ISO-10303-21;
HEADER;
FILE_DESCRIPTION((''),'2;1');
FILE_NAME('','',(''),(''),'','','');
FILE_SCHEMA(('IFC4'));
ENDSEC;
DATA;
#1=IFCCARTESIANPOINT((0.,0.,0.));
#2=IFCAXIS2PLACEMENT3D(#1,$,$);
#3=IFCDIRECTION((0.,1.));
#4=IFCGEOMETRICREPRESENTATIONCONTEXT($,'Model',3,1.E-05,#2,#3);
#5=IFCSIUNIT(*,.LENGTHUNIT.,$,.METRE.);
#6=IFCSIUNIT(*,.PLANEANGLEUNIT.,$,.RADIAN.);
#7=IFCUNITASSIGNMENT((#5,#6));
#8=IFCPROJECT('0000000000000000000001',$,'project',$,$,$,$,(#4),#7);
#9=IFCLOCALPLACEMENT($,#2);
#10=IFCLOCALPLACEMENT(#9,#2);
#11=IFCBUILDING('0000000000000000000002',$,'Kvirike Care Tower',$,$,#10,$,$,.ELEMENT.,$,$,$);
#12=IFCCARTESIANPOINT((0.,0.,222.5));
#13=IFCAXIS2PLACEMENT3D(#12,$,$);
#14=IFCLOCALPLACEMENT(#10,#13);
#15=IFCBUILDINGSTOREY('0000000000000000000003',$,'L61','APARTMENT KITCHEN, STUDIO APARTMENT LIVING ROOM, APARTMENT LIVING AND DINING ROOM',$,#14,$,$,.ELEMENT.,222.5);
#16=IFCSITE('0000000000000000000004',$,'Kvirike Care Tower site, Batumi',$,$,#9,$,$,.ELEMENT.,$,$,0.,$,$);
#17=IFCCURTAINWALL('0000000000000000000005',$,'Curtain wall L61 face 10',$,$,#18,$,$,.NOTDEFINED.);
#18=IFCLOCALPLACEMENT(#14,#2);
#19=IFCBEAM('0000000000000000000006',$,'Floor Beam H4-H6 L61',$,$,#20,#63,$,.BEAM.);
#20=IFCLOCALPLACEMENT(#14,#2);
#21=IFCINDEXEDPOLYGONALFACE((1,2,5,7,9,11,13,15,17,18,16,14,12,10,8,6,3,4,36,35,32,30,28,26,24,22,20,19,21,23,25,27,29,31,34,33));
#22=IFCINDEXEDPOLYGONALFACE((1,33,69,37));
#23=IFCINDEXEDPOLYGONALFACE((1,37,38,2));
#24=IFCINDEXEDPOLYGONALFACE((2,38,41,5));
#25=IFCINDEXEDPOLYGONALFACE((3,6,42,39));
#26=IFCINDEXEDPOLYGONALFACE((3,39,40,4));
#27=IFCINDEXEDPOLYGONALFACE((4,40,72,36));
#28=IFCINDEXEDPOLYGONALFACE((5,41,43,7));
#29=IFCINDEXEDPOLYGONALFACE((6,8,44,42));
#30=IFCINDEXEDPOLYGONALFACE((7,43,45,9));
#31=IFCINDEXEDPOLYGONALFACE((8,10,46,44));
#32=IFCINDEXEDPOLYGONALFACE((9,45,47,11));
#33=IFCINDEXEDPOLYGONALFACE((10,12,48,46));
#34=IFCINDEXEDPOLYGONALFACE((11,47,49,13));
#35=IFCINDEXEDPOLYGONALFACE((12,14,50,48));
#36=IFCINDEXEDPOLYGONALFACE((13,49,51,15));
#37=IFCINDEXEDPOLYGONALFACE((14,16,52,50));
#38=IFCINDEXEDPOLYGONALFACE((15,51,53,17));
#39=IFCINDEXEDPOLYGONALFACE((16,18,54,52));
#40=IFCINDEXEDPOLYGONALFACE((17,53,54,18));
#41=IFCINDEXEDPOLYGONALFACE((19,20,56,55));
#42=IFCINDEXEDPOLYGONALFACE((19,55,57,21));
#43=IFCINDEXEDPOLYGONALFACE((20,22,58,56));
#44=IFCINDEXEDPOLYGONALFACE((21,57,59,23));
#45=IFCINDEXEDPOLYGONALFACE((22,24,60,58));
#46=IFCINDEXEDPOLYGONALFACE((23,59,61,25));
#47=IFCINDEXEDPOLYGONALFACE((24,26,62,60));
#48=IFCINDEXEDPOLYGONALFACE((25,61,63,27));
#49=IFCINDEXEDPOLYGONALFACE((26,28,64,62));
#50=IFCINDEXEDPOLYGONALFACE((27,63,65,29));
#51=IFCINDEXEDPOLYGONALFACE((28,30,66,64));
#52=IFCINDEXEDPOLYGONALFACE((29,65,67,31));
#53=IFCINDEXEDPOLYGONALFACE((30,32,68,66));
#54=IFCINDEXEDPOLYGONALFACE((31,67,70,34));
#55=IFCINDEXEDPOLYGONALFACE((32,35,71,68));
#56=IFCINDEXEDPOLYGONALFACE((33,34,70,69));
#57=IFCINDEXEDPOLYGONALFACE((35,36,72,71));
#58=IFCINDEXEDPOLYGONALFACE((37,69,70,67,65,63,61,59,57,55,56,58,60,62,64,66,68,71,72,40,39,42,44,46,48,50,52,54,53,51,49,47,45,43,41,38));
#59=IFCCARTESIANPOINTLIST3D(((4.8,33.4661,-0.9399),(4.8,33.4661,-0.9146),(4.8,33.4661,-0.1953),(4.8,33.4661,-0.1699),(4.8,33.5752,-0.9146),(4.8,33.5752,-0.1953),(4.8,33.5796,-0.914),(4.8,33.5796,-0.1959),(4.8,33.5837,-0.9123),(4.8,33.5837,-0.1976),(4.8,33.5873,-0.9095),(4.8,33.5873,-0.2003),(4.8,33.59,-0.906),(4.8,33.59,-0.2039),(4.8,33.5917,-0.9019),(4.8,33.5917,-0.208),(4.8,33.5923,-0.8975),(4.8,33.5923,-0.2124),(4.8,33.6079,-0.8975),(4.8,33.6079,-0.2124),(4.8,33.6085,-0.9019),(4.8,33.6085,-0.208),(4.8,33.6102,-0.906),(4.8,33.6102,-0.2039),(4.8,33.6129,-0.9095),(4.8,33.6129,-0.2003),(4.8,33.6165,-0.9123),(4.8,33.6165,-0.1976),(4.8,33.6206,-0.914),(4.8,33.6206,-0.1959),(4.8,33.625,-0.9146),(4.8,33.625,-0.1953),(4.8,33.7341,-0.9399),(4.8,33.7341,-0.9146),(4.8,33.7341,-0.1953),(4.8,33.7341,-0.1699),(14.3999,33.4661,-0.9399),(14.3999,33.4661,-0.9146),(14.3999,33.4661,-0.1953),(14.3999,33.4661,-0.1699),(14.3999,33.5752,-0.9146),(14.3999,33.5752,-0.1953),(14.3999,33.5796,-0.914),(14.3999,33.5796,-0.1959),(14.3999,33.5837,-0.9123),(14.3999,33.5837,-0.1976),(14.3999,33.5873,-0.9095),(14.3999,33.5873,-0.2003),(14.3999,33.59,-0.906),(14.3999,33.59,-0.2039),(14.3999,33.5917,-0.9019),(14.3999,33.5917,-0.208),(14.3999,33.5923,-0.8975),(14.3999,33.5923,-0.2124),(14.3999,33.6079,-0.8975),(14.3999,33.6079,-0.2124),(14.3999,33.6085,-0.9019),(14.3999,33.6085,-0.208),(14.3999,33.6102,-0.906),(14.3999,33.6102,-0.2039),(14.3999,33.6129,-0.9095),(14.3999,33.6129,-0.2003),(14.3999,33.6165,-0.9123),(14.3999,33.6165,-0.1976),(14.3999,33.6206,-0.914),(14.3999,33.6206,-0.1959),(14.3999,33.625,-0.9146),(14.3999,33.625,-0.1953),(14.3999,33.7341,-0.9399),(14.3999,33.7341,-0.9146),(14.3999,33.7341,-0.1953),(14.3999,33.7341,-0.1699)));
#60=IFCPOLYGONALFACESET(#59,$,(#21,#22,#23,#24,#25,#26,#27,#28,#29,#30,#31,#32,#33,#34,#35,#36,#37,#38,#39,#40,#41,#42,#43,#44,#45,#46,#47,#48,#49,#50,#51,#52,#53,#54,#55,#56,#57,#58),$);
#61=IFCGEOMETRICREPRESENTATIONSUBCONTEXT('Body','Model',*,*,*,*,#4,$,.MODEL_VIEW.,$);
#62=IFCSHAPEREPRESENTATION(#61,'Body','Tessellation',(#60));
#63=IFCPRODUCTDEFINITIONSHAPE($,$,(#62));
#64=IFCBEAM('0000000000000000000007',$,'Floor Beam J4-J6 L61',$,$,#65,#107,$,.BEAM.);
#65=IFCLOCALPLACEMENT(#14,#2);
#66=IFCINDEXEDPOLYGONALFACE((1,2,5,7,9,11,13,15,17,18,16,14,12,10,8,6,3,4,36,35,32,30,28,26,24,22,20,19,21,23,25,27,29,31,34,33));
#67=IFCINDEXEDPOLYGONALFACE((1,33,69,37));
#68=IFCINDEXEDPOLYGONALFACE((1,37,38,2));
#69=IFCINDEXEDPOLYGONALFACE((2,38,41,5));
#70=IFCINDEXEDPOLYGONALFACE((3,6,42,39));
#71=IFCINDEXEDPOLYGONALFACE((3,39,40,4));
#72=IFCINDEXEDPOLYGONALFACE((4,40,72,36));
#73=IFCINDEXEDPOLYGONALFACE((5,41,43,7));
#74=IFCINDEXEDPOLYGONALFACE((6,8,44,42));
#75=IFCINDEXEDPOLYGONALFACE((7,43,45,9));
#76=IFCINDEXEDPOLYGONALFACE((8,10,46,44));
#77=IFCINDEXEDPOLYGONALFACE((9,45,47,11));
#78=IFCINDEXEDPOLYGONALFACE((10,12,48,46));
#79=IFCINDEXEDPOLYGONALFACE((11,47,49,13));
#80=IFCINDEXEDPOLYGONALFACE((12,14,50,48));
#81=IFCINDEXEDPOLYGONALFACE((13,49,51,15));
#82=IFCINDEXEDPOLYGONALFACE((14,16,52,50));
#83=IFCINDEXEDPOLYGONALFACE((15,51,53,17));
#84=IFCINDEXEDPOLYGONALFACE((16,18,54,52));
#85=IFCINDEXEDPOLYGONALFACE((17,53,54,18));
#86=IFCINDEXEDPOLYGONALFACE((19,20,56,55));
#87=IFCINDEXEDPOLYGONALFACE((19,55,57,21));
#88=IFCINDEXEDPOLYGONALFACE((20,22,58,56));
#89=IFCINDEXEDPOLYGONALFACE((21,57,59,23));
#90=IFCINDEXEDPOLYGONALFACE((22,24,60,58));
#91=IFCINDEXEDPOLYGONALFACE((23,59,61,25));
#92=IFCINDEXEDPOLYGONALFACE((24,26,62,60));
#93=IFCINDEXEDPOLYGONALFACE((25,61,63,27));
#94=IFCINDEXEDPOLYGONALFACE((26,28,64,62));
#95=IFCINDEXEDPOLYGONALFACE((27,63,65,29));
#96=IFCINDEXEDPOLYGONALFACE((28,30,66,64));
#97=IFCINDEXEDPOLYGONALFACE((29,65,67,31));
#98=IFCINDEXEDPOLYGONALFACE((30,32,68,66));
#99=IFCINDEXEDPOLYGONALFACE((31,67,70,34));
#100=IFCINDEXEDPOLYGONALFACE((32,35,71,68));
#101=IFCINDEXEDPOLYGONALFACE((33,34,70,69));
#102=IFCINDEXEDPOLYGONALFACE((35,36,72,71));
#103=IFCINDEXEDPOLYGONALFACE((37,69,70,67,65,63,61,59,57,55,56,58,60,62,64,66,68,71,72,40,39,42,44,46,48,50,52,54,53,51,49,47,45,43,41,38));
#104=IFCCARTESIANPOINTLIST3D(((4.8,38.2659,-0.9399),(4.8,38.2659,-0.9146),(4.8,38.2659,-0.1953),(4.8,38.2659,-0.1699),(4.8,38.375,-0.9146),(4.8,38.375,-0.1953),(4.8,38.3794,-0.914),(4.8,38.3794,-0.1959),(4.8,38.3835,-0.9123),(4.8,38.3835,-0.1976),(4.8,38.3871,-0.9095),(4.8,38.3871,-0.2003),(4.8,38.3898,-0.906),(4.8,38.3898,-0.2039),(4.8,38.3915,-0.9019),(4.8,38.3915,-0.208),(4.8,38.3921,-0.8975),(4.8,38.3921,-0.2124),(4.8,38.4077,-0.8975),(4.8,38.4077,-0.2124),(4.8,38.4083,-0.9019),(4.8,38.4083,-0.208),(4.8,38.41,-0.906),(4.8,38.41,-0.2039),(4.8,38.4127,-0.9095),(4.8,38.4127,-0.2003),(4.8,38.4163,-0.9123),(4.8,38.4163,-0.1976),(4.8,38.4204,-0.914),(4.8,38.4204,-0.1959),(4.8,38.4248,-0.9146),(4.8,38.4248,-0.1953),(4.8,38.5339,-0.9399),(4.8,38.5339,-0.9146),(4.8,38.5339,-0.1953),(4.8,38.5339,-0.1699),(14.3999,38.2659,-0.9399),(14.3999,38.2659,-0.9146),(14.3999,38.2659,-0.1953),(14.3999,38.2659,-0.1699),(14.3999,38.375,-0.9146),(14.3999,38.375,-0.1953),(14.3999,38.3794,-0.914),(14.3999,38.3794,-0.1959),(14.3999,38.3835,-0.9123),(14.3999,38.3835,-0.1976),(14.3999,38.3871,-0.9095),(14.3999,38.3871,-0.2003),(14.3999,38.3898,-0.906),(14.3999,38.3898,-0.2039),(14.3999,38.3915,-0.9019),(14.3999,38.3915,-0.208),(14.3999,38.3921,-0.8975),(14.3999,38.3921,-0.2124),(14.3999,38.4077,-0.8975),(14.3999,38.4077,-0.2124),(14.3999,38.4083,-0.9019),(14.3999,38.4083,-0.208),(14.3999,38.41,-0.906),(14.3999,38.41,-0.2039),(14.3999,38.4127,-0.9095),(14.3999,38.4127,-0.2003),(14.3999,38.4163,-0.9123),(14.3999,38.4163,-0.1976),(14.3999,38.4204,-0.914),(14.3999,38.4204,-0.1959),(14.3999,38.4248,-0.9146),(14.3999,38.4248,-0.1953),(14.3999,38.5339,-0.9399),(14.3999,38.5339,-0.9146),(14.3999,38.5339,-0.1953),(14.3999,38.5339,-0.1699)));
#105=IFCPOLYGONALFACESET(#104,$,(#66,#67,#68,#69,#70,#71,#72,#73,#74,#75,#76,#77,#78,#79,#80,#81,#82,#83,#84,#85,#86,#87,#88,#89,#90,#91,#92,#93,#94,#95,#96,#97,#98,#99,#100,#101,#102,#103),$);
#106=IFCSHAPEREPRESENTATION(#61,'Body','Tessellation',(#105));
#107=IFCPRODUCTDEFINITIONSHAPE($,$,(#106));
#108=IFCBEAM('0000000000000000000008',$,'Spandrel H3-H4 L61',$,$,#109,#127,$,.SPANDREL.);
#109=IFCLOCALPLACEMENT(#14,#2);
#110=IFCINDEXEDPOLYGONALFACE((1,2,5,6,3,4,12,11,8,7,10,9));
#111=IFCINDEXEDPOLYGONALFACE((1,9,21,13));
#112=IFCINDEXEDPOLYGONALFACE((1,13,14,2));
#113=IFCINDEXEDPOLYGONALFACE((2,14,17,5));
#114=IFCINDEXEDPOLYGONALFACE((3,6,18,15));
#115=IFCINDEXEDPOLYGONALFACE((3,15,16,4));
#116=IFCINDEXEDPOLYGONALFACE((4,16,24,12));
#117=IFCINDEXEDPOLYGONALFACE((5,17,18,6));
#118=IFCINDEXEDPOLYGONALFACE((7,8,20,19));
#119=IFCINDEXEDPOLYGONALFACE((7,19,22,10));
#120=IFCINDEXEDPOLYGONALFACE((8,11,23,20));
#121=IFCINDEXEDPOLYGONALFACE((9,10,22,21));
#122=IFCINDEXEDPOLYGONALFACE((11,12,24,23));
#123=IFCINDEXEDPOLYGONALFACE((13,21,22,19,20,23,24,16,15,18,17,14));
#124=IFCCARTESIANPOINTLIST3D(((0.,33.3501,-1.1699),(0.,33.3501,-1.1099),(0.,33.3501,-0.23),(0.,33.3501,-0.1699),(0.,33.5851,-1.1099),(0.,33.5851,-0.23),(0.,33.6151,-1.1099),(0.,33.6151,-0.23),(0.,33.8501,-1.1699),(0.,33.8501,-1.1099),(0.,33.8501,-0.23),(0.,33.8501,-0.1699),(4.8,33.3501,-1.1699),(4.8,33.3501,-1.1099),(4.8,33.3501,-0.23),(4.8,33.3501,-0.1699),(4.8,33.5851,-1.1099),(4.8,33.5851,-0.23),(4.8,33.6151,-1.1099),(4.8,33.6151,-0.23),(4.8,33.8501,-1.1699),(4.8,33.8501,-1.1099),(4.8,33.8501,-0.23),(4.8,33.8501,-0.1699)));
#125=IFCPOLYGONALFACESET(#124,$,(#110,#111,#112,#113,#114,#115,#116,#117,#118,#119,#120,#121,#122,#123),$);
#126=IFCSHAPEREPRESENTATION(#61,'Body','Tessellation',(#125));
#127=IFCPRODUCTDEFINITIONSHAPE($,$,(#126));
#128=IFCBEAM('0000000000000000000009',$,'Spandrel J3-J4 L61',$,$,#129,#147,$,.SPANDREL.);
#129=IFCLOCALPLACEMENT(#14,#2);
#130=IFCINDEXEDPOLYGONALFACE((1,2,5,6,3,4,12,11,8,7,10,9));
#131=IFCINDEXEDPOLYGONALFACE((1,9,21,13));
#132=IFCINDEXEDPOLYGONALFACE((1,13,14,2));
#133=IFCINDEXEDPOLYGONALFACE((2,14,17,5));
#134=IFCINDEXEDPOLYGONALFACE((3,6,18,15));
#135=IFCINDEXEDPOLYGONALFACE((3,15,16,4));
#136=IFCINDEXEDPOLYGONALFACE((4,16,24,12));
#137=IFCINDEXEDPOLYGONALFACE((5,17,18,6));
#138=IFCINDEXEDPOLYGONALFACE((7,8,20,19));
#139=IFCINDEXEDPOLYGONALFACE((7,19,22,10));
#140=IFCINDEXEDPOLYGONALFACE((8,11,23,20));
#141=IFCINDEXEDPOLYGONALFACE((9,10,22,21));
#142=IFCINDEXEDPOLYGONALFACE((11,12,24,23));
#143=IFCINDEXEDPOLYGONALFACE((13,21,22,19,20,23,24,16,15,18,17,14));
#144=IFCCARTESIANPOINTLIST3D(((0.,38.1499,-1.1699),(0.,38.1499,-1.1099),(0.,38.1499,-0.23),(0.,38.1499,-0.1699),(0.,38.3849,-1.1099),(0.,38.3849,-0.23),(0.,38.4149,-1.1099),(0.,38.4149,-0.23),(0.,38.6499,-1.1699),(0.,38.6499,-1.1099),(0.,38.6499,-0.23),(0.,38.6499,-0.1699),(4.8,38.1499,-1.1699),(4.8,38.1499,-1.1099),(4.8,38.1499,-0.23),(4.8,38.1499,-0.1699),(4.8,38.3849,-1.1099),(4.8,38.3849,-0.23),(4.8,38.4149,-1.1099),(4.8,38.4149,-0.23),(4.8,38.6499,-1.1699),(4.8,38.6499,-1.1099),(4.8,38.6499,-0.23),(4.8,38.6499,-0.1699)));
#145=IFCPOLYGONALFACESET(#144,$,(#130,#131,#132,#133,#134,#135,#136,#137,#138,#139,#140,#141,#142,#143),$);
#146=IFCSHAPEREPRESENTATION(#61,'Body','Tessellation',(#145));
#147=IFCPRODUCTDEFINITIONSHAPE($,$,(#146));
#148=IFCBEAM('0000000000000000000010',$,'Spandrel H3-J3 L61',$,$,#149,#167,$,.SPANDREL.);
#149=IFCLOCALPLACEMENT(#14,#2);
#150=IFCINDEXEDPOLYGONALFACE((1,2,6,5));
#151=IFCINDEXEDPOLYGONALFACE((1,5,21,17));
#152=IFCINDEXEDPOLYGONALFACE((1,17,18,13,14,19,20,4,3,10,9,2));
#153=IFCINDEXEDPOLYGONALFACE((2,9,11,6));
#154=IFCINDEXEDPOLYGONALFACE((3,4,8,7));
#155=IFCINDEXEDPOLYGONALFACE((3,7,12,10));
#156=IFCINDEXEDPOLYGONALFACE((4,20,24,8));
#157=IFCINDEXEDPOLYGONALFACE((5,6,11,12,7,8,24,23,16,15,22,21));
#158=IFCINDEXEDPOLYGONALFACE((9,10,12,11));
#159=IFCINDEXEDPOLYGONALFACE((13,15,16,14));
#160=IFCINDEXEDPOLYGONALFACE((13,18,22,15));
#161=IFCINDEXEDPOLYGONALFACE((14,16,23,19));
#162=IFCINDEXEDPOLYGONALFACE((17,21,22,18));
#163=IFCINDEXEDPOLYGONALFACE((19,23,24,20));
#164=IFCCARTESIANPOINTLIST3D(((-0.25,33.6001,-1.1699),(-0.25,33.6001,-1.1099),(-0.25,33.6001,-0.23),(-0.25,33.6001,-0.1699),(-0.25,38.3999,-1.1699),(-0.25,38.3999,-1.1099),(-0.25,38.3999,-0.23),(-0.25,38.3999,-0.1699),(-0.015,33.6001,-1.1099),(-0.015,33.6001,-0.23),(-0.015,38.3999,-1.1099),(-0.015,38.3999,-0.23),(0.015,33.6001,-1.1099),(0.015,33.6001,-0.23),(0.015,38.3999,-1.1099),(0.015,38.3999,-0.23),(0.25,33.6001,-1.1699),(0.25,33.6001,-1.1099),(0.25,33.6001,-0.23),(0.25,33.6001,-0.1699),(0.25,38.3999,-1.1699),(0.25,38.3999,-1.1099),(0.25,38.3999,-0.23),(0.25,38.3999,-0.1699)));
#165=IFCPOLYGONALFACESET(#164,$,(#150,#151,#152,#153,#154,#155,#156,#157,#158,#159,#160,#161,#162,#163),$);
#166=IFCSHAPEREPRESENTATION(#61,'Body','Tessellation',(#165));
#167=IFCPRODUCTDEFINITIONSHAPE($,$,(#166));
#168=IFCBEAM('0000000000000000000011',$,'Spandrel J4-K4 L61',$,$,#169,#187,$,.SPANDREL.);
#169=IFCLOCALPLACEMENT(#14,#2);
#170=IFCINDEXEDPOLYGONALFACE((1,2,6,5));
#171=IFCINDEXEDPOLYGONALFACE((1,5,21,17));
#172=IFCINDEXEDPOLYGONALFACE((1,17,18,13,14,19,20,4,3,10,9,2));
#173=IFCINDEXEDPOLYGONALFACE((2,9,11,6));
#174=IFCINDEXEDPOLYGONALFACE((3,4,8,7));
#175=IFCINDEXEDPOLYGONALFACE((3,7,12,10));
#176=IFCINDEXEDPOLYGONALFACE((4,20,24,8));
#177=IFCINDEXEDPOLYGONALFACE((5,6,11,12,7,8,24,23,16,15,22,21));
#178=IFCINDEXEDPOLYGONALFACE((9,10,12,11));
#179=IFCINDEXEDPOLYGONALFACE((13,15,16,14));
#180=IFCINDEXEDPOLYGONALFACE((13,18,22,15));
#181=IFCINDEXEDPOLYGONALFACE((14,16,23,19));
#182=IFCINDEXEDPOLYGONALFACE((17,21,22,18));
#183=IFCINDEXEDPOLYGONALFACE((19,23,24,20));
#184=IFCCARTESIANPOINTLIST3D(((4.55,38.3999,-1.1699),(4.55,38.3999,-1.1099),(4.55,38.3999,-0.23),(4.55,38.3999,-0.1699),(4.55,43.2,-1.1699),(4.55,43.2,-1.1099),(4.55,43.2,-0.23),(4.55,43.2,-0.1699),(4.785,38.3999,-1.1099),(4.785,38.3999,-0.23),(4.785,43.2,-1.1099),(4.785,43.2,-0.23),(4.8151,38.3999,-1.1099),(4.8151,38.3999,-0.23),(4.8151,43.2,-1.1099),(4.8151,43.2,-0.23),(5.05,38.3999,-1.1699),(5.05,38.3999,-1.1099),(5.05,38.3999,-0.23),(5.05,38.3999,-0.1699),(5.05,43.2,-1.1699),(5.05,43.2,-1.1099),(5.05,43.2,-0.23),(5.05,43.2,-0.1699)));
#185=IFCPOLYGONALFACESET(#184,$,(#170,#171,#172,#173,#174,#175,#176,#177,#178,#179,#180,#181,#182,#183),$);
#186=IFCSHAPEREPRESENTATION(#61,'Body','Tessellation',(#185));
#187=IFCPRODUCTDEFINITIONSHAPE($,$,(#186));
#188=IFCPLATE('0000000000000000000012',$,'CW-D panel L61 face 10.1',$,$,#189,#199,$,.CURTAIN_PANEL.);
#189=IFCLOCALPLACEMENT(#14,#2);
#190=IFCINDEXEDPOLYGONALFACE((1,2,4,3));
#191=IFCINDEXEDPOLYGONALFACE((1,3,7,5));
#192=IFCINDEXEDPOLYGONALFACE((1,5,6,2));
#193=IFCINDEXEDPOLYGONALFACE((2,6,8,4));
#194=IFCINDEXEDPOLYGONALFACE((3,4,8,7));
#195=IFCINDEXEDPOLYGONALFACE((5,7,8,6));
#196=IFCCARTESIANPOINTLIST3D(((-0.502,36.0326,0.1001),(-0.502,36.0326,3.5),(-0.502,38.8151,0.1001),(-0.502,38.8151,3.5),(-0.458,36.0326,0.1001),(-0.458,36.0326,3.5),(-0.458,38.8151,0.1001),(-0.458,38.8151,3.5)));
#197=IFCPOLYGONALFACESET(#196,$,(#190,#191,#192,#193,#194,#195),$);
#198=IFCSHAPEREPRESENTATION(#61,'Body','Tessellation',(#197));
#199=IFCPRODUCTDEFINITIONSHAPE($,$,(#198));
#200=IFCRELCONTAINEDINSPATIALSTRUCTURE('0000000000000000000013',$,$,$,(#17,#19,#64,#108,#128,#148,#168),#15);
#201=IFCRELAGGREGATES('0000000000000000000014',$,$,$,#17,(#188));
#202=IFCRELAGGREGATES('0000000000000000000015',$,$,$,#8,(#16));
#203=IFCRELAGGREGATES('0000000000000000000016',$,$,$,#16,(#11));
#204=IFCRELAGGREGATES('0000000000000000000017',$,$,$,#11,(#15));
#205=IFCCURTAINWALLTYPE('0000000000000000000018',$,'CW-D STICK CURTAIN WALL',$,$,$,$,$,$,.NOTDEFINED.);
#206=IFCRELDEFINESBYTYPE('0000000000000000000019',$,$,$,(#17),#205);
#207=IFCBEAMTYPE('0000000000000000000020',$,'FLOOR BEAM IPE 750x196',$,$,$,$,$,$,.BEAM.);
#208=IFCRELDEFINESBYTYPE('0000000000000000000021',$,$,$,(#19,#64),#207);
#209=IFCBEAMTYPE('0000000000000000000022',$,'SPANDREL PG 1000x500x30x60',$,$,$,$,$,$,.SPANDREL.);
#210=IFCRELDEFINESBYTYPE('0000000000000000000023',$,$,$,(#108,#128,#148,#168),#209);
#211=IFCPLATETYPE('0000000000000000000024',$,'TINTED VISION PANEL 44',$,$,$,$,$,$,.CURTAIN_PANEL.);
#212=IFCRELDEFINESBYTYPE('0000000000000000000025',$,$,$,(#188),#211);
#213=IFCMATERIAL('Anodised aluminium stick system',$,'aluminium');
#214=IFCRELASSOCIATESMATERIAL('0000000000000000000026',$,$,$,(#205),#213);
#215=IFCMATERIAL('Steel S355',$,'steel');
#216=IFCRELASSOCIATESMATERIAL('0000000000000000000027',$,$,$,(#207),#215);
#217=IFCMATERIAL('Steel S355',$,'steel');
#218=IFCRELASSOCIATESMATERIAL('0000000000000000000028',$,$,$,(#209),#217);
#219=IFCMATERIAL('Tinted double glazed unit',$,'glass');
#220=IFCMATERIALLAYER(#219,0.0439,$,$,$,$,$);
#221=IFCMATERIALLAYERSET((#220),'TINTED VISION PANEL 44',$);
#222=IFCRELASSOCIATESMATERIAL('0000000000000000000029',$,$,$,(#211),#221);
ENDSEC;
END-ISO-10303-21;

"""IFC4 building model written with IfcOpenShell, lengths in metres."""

from ifc_helpers import new_model, si_unit, direction, frame, origin, origin_2d, place, context, subcontext, project, spatial, rectangle, i_section, extrude, material, layer, layer_set, material_profile, profile_set, type_object, element, aggregate, save


model = new_model("IFC4")

# Units and contexts
model_context = context("Model", 3, precision=1e-05, world=origin(), true_north=direction((0.0, 1.0)))
body_context = subcontext(model_context, "Body", "Model", "MODEL_VIEW")
ifc_project = project(units=[si_unit("LENGTHUNIT", "METRE"), si_unit("PLANEANGLEUNIT", "RADIAN")], contexts=[model_context])

# Site, building, storey
site_placement = place(None, origin())
site = spatial("IfcSite", under=ifc_project, at=site_placement, Name="Kvirike Care Tower site, Batumi", CompositionType="ELEMENT", RefElevation=0.0)
building_placement = place(site_placement, origin())
building = spatial("IfcBuilding", under=site, at=building_placement, Name="Kvirike Care Tower", CompositionType="ELEMENT")
storey_placement = place(building_placement, frame((0.0, 0.0, 222.5)))
storey = spatial("IfcBuildingStorey", under=building, at=storey_placement, Name="L61", Description="APARTMENT KITCHEN, STUDIO APARTMENT LIVING ROOM, APARTMENT LIVING AND DINING ROOM", CompositionType="ELEMENT", Elevation=222.5)

# Curtain wall
ifc_material_1 = material(Name="Anodised aluminium stick system", Category="aluminium")
curtain_wall_type = type_object("IfcCurtainWallType", Name="CW-D STICK CURTAIN WALL", PredefinedType="NOTDEFINED", material=ifc_material_1)
curtain_wall_1_placement = place(storey_placement, origin())
curtain_wall_1 = element("IfcCurtainWall", 1, at=curtain_wall_1_placement, inside=storey, type_object=curtain_wall_type, Name="Curtain wall L61 face 10", PredefinedType="NOTDEFINED")

# Beams
ifc_material_2 = material(Name="Steel S355", Category="steel")
ifc_material_profile_1 = material_profile(ifc_material_2, i_section(OverallWidth=0.2681, OverallDepth=0.77, WebThickness=0.0156, FlangeThickness=0.0254, FilletRadius=0.0171, at=origin_2d()), Name="IPE 750x196")
ifc_profile_set_1 = profile_set([ifc_material_profile_1], Name="Steel S355")
beam_type_1 = type_object("IfcBeamType", Name="FLOOR BEAM IPE 750x196", PredefinedType="BEAM", material=ifc_profile_set_1)
for number, where, z_axis, x_axis, name in (
    (2, (4.8, 33.6001, -0.5549), (1.0, 0.0, 0.0), (0.0, 1.0, 0.0), "Floor Beam H4-H6 L61"),
    (3, (4.8, 38.3999, -0.5549), (1.0, 0.0, 0.0), (0.0, 1.0, 0.0), "Floor Beam J4-J6 L61"),
):
    element("IfcBeam", number, at=place(storey_placement, frame(where, z_axis=z_axis, x_axis=x_axis)), inside=storey, type_object=beam_type_1, Name=name, PredefinedType="BEAM", context=body_context, shape_type="SweptSolid", body=[
        extrude(i_section(OverallWidth=0.2681, OverallDepth=0.77, WebThickness=0.0156, FlangeThickness=0.0254, FilletRadius=0.0171, at=origin_2d()), origin(), (0.0, 0.0, 1.0), 9.5999),
    ])
ifc_material_3 = material(Name="Steel S355", Category="steel")
ifc_material_profile_2 = material_profile(ifc_material_3, i_section(OverallWidth=0.5, OverallDepth=1.0, WebThickness=0.03, FlangeThickness=0.0601, at=origin_2d()), Name="PG 1000x500x30x60")
ifc_profile_set_2 = profile_set([ifc_material_profile_2], Name="Steel S355")
beam_type_2 = type_object("IfcBeamType", Name="SPANDREL PG 1000x500x30x60", PredefinedType="SPANDREL", material=ifc_profile_set_2)
for number, where, z_axis, x_axis, name in (
    (4, (0.0, 33.6001, -0.6699), (1.0, 0.0, 0.0), (0.0, 1.0, 0.0), "Spandrel H3-H4 L61"),
    (5, (0.0, 38.3999, -0.6699), (1.0, 0.0, 0.0), (0.0, 1.0, 0.0), "Spandrel J3-J4 L61"),
):
    element("IfcBeam", number, at=place(storey_placement, frame(where, z_axis=z_axis, x_axis=x_axis)), inside=storey, type_object=beam_type_2, Name=name, PredefinedType="SPANDREL", context=body_context, shape_type="SweptSolid", body=[
        extrude(i_section(OverallWidth=0.5, OverallDepth=1.0, WebThickness=0.03, FlangeThickness=0.0601, at=origin_2d()), origin(), (0.0, 0.0, 1.0), 4.8),
    ])
beam_1_placement = place(storey_placement, frame((0.0, 33.6001, -0.6699), z_axis=(0.0, 1.0, 0.0), x_axis=(-1.0, 0.0, 0.0)))
element("IfcBeam", 6, at=beam_1_placement, inside=storey, type_object=beam_type_2, Name="Spandrel H3-J3 L61", PredefinedType="SPANDREL", context=body_context, shape_type="SweptSolid", body=[
    extrude(i_section(OverallWidth=0.5, OverallDepth=1.0, WebThickness=0.03, FlangeThickness=0.0601, at=origin_2d()), origin(), (0.0, 0.0, 1.0), 4.7998),
])
beam_2_placement = place(storey_placement, frame((4.8, 38.3999, -0.6699), z_axis=(0.0, 1.0, 0.0), x_axis=(-1.0, 0.0, 0.0)))
element("IfcBeam", 7, at=beam_2_placement, inside=storey, type_object=beam_type_2, Name="Spandrel J4-K4 L61", PredefinedType="SPANDREL", context=body_context, shape_type="SweptSolid", body=[
    extrude(i_section(OverallWidth=0.5, OverallDepth=1.0, WebThickness=0.03, FlangeThickness=0.0601, at=origin_2d()), origin(), (0.0, 0.0, 1.0), 4.8),
])

# Plate
ifc_material_4 = material(Name="Tinted double glazed unit", Category="glass")
ifc_layer_1 = layer(ifc_material_4, 0.0439)
ifc_layer_set_1 = layer_set([ifc_layer_1], Name="TINTED VISION PANEL 44")
plate_type = type_object("IfcPlateType", Name="TINTED VISION PANEL 44", PredefinedType="CURTAIN_PANEL", material=ifc_layer_set_1)
plate_1_placement = place(storey_placement, frame((-0.48, 37.4238, 0.1001), z_axis=(0.0, 0.0, 1.0), x_axis=(0.0, -1.0, 0.0)))
plate_1 = element("IfcPlate", 8, at=plate_1_placement, type_object=plate_type, Name="CW-D panel L61 face 10.1", PredefinedType="CURTAIN_PANEL", context=body_context, shape_type="SweptSolid", body=[
    extrude(rectangle(XDim=2.7825, YDim=0.0439, at=origin_2d()), origin(), (0.0, 0.0, 1.0), 3.3999),
])
aggregate(curtain_wall_1, [plate_1])

save(model, "model.ifc")
